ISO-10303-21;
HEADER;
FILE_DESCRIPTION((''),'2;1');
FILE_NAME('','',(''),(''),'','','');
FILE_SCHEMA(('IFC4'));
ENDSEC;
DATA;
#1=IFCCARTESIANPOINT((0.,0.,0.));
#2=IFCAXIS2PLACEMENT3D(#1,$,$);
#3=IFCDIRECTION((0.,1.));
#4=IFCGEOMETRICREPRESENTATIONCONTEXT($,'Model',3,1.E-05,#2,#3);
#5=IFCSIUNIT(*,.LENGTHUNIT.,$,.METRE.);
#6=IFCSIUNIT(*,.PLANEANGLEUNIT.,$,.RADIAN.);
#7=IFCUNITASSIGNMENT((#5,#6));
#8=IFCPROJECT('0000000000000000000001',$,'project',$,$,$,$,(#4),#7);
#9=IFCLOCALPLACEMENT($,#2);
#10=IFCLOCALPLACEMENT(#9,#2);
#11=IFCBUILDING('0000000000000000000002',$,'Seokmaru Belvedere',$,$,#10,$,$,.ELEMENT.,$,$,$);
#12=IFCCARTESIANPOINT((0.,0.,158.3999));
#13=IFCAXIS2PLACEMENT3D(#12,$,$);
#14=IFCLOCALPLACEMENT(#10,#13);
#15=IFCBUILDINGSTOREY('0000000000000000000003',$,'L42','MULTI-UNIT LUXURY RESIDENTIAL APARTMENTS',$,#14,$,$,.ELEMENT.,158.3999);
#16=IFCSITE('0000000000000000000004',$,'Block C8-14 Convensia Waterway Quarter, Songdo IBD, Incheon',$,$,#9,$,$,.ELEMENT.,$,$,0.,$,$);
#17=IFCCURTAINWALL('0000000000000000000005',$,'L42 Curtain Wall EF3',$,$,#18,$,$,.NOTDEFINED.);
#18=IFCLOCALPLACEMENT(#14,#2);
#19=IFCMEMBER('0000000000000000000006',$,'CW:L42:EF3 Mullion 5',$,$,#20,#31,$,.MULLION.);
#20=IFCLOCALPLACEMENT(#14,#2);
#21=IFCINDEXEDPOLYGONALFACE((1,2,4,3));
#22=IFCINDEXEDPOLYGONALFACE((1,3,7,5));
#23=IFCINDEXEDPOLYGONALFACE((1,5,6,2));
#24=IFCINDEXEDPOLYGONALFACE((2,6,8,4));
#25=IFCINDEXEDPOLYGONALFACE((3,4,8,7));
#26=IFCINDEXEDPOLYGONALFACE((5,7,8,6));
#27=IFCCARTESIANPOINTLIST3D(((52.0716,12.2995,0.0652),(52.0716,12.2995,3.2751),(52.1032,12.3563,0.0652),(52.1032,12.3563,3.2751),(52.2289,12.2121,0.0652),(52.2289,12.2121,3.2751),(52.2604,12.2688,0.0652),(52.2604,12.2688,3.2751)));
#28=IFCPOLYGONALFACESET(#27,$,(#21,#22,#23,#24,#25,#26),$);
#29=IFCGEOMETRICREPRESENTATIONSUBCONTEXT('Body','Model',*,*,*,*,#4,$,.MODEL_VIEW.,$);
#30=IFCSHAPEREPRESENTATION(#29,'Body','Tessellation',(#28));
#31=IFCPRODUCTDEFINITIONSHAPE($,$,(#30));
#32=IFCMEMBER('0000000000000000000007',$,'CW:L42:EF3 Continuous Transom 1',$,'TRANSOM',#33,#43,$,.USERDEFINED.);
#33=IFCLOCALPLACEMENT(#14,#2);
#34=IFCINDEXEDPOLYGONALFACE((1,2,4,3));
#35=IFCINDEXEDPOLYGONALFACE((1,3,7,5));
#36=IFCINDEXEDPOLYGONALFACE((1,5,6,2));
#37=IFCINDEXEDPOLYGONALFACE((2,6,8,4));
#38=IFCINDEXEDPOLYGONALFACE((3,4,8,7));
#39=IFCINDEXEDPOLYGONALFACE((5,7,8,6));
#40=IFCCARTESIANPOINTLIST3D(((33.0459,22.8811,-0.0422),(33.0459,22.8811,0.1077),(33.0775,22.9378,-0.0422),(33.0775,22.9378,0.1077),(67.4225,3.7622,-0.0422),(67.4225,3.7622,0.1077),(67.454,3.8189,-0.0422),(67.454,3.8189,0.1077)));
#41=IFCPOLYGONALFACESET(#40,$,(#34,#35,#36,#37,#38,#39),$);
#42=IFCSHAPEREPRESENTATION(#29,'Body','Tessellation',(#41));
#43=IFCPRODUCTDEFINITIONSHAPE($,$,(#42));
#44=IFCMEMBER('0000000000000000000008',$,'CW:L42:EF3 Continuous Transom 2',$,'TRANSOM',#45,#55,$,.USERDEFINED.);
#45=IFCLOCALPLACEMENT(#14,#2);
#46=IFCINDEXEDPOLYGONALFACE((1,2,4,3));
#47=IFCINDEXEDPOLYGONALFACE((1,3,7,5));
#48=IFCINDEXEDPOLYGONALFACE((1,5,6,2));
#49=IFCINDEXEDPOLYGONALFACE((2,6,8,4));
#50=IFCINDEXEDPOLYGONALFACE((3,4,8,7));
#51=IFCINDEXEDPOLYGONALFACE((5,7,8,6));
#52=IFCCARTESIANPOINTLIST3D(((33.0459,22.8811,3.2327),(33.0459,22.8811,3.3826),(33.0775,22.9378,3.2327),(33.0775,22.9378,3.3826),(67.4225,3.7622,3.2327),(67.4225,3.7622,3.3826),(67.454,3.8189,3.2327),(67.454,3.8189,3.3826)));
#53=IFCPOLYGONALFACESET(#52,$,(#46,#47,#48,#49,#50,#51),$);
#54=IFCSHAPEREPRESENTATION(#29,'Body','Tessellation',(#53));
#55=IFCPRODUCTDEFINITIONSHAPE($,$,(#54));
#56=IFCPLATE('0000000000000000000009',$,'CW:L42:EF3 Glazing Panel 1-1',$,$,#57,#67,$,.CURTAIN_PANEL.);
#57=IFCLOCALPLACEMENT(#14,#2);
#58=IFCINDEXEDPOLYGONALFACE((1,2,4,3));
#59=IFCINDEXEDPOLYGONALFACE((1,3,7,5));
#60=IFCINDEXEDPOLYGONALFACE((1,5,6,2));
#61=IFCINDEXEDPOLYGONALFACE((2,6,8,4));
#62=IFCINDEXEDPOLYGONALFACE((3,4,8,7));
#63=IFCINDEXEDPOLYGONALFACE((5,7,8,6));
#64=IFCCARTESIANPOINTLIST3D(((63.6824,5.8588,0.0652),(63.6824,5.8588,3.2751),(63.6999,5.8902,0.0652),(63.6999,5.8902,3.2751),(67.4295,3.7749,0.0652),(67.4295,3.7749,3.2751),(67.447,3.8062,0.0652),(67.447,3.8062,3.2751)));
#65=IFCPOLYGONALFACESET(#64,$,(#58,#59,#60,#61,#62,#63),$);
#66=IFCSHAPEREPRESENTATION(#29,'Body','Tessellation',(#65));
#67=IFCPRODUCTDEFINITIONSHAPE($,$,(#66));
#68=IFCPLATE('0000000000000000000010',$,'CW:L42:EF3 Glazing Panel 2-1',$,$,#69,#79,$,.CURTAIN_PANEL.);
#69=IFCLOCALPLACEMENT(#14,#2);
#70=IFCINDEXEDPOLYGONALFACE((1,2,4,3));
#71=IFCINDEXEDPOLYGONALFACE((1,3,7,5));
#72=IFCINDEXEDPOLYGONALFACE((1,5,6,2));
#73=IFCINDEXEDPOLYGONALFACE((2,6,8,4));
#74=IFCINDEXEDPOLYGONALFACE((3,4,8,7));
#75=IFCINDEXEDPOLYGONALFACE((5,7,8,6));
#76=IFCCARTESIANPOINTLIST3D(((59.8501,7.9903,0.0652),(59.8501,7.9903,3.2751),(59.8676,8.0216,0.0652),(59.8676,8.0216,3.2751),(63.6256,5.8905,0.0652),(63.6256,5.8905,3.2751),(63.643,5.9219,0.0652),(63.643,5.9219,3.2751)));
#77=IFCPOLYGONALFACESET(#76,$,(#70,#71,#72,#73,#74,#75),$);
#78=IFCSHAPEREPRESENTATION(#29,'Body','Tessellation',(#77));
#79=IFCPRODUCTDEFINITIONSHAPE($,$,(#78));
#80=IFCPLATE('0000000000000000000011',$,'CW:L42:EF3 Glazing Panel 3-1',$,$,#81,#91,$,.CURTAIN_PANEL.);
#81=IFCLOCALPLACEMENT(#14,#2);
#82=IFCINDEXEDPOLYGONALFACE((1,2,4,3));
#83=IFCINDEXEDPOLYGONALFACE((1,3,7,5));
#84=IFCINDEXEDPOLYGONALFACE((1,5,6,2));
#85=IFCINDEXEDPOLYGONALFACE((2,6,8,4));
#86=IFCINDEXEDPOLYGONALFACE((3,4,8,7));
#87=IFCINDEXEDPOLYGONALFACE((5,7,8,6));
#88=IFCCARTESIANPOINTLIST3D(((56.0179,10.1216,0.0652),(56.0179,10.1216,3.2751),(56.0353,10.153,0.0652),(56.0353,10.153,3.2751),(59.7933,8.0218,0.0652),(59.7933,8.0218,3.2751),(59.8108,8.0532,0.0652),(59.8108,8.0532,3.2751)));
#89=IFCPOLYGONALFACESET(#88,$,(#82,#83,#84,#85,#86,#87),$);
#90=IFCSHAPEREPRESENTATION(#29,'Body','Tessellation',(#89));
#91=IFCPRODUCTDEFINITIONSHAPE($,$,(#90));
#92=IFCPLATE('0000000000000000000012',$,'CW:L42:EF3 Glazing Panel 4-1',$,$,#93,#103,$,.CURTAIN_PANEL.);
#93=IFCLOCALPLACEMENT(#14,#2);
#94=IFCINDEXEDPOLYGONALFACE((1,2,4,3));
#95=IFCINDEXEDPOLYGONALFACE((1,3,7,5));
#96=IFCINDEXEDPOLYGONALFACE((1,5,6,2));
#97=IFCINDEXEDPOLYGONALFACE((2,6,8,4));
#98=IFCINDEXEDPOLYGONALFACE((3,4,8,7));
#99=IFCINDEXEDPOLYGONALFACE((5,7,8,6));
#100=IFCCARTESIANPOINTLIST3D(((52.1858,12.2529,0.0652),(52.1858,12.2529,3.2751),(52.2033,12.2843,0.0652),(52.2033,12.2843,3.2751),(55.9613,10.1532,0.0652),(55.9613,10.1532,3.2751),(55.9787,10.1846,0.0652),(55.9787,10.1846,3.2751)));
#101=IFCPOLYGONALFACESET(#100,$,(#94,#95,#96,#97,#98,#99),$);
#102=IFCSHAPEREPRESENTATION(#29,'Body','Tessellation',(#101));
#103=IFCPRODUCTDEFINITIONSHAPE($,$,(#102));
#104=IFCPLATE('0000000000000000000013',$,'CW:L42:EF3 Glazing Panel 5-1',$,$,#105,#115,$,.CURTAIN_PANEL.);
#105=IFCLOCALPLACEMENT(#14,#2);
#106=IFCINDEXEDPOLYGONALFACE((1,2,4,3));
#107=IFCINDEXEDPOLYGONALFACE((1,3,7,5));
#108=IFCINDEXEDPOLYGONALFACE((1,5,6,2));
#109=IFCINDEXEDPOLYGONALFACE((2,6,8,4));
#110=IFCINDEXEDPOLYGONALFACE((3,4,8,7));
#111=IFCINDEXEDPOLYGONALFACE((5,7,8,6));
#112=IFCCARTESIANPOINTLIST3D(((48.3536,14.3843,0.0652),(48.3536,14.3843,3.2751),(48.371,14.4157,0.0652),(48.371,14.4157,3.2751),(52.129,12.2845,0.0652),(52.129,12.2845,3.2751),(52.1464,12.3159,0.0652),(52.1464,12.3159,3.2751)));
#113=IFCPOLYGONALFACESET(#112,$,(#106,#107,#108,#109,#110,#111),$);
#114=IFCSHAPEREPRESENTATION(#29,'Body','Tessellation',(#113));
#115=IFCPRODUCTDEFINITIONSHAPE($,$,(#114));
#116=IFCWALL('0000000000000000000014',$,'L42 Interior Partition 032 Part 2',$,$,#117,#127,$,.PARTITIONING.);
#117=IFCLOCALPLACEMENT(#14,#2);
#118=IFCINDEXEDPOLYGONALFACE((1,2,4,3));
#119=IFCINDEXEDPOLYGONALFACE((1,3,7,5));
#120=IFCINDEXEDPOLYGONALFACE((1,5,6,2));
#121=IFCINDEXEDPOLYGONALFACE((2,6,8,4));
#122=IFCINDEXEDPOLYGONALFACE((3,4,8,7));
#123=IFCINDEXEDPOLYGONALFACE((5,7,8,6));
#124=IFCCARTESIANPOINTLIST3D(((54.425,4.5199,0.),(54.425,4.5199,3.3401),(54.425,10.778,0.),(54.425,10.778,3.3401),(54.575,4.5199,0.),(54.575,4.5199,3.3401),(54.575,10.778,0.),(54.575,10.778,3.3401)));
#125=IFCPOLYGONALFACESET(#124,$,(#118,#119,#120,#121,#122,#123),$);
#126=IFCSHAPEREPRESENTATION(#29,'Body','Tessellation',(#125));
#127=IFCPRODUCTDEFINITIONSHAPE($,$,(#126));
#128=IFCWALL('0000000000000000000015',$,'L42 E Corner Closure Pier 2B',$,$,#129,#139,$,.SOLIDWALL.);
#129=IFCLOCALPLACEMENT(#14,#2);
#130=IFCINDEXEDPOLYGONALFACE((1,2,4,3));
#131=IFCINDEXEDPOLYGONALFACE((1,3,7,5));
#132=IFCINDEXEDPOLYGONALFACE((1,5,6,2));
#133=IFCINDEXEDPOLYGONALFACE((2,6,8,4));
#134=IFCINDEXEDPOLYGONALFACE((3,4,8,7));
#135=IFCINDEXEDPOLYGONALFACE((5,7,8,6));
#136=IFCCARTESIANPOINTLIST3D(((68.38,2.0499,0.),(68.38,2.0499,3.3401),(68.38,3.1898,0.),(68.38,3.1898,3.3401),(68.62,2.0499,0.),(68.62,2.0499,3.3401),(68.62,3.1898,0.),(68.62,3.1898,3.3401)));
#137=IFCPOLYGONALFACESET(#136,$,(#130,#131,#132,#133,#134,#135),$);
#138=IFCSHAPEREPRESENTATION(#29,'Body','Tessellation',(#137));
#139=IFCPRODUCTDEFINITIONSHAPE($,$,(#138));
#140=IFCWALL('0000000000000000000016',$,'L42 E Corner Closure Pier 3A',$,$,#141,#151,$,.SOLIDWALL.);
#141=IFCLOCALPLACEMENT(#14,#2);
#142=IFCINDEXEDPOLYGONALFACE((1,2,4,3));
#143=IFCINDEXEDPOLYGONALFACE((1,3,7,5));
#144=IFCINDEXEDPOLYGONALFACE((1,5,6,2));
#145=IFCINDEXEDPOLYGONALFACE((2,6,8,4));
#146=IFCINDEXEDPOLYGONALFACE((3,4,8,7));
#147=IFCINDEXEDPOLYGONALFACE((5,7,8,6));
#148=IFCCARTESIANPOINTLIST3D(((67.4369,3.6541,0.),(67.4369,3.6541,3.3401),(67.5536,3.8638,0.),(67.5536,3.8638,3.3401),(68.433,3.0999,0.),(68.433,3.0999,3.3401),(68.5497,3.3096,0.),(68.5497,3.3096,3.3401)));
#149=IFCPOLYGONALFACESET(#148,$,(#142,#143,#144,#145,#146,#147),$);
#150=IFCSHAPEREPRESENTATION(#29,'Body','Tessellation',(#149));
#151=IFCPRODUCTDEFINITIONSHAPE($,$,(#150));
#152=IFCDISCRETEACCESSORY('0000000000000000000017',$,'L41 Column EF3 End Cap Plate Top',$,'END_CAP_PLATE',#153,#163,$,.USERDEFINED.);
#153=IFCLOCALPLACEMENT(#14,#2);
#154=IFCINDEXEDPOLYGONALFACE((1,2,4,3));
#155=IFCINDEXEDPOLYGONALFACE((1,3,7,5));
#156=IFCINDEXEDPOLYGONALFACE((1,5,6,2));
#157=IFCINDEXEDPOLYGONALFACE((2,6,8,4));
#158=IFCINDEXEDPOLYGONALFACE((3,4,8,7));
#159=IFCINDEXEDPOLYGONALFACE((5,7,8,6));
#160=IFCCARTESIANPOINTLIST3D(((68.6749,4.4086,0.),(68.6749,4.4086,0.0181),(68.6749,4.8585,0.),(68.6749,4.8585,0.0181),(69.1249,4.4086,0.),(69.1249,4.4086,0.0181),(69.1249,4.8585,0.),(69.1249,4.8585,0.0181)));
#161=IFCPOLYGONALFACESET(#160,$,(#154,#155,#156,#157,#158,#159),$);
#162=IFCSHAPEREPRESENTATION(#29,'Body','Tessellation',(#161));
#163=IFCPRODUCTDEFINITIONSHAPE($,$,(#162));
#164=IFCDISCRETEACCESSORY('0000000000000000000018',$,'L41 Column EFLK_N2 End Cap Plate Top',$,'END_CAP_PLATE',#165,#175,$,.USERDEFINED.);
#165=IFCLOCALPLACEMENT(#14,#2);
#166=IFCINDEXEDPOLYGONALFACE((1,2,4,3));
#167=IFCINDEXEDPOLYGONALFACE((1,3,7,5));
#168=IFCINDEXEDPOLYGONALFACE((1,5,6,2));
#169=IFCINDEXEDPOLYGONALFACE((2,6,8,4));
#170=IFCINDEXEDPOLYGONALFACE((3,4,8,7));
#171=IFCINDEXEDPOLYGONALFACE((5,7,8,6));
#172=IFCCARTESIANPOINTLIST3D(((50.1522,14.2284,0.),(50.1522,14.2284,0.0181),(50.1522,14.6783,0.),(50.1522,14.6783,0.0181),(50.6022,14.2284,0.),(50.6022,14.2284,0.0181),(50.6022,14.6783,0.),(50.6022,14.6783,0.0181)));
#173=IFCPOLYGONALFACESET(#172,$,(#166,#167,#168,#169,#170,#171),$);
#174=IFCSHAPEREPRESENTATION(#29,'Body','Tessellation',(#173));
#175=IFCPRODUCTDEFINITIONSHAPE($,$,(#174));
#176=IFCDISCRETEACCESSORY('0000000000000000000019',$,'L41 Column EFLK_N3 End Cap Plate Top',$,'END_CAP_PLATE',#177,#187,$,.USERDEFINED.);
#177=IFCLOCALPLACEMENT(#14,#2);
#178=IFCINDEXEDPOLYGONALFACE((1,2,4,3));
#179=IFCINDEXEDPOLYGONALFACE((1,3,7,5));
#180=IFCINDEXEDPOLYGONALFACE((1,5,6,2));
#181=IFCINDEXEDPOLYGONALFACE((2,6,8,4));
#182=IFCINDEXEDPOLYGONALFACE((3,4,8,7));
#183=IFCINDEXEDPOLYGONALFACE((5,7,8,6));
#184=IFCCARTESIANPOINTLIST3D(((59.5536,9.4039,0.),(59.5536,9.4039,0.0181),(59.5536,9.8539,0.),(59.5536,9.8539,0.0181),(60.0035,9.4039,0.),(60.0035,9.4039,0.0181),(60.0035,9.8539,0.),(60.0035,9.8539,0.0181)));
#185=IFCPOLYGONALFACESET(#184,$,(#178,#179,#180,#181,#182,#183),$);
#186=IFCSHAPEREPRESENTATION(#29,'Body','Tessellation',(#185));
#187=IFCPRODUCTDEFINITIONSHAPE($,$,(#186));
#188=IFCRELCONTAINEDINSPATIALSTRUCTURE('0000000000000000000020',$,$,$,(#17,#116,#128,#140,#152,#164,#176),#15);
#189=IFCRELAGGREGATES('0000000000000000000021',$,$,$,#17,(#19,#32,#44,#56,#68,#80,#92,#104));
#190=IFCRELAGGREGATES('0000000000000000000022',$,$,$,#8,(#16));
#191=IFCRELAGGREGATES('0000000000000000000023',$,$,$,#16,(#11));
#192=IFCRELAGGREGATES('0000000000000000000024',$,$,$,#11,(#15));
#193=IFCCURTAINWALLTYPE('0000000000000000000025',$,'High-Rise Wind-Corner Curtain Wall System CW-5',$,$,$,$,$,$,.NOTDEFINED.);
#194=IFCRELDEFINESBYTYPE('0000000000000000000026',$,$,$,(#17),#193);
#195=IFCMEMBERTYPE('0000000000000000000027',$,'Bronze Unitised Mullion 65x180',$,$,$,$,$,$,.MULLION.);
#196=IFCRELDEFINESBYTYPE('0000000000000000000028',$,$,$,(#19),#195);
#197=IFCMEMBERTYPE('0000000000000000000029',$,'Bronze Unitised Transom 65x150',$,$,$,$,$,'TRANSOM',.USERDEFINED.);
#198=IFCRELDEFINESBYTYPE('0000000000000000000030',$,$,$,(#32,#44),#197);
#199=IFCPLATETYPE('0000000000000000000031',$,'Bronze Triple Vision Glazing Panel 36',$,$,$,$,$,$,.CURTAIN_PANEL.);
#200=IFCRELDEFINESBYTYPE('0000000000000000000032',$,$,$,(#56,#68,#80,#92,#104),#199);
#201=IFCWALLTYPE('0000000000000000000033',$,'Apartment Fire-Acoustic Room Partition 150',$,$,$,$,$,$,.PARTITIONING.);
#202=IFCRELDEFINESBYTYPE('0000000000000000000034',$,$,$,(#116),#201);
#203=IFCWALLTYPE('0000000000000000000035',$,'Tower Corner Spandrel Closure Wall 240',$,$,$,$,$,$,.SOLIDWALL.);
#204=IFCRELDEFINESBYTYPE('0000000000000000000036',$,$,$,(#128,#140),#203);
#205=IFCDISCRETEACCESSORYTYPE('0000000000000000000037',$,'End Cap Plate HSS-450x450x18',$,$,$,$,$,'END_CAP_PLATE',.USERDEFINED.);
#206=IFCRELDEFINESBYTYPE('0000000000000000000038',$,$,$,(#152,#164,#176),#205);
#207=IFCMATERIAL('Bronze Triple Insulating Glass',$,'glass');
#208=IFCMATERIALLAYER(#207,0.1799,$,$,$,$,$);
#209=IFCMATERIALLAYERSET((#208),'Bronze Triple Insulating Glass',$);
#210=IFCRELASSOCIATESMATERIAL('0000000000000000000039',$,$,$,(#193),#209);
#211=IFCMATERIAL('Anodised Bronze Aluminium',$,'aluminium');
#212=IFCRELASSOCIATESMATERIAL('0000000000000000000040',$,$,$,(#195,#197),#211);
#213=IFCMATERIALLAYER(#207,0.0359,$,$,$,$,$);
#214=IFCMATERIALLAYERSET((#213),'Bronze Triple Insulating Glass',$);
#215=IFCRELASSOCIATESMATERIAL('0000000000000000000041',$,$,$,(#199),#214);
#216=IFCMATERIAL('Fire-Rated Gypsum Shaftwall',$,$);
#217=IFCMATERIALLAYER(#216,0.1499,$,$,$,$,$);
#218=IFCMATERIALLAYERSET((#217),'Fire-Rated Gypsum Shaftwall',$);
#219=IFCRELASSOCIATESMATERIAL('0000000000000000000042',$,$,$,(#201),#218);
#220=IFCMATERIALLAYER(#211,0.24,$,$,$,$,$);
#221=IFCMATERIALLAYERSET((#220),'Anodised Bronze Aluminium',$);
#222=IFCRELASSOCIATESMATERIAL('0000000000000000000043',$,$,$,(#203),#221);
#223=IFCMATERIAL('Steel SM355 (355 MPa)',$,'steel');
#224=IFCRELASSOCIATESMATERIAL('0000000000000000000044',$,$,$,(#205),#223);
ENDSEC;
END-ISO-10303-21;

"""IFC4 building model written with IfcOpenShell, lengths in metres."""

from ifc_helpers import new_model, si_unit, direction, frame, frame_2d, origin, origin_2d, place, context, subcontext, project, spatial, rectangle, extrude, source, transform, mapped, material, layer, layer_set, material_profile, profile_set, type_object, type_shapes, element, aggregate, save


model = new_model("IFC4")

# Units and contexts
model_context = context("Model", 3, precision=1e-05, world=origin(), true_north=direction((0.0, 1.0)))
body_context = subcontext(model_context, "Body", "Model", "MODEL_VIEW")
ifc_project = project(units=[si_unit("LENGTHUNIT", "METRE"), si_unit("PLANEANGLEUNIT", "RADIAN")], contexts=[model_context])

# Site, building, storey
site_placement = place(None, origin())
site = spatial("IfcSite", under=ifc_project, at=site_placement, Name="Block C8-14 Convensia Waterway Quarter, Songdo IBD, Incheon", CompositionType="ELEMENT", RefElevation=0.0)
building_placement = place(site_placement, origin())
building = spatial("IfcBuilding", under=site, at=building_placement, Name="Seokmaru Belvedere", CompositionType="ELEMENT")
storey_placement = place(building_placement, frame((0.0, 0.0, 158.3999)))
storey = spatial("IfcBuildingStorey", under=building, at=storey_placement, Name="L42", Description="MULTI-UNIT LUXURY RESIDENTIAL APARTMENTS", CompositionType="ELEMENT", Elevation=158.3999)

# Shared definitions
ifc_material_1 = material(Name="Steel SM355 (355 MPa)", Category="steel")

# Shared definitions
ifc_material_2 = material(Name="Bronze Triple Insulating Glass", Category="glass")
ifc_layer_1 = layer(ifc_material_2, 0.1799)
ifc_layer_set_1 = layer_set([ifc_layer_1], Name="Bronze Triple Insulating Glass")
curtain_wall_type = type_object("IfcCurtainWallType", Name="High-Rise Wind-Corner Curtain Wall System CW-5", PredefinedType="NOTDEFINED", material=ifc_layer_set_1)
ifc_material_3 = material(Name="Anodised Bronze Aluminium", Category="aluminium")
ifc_material_profile_1 = material_profile(ifc_material_3, rectangle(XDim=0.0649, YDim=0.1799, at=origin_2d()), Name="CW-M-65x180")
ifc_profile_set_1 = profile_set([ifc_material_profile_1], Name="Anodised Bronze Aluminium")
member_type_1 = type_object("IfcMemberType", Name="Bronze Unitised Mullion 65x180", PredefinedType="MULLION", material=ifc_profile_set_1)

# Curtain wall, members, plates
curtain_wall_1_placement = place(storey_placement, origin())
curtain_wall_1 = element("IfcCurtainWall", 1, at=curtain_wall_1_placement, inside=storey, type_object=curtain_wall_type, Name="L42 Curtain Wall EF3", PredefinedType="NOTDEFINED")
shared_shape_1 = source(origin(), body_context, "Body", "SweptSolid", [
    extrude(rectangle(XDim=0.0649, YDim=0.1799, at=origin_2d()), origin(), (0.0, 0.0, 1.0), 3.21),
])
member_1_placement = place(storey_placement, frame((52.166, 12.2842, 0.0652), z_axis=(0.0, 0.0, 1.0), x_axis=(-0.486047, -0.873933, 0.0)))
member_1 = element("IfcMember", 2, at=member_1_placement, type_object=member_type_1, Name="CW:L42:EF3 Mullion 5", PredefinedType="MULLION", context=body_context, shape_type="MappedRepresentation", body=[
    mapped(shared_shape_1, transform((0.0, 0.0, 0.0), scale=1.0)),
])
ifc_material_profile_2 = material_profile(ifc_material_3, rectangle(XDim=0.0649, YDim=0.1499, at=origin_2d()), Name="CW-T-65x150")
ifc_profile_set_2 = profile_set([ifc_material_profile_2], Name="Anodised Bronze Aluminium")
member_type_2 = type_object("IfcMemberType", Name="Bronze Unitised Transom 65x150", ElementType="TRANSOM", PredefinedType="USERDEFINED", material=ifc_profile_set_2)
shared_shape_2 = source(origin(), body_context, "Body", "SweptSolid", [
    extrude(rectangle(XDim=0.0649, YDim=0.1499, at=origin_2d()), origin(), (0.0, 0.0, 1.0), 39.3354),
])
type_shapes(member_type_2, [shared_shape_2])
member_2_placement = place(storey_placement, frame((67.4382, 3.7905, 0.0327), z_axis=(-0.873932, 0.486048, 0.0), x_axis=(-0.486048, -0.873932, 0.0)))
member_2 = element("IfcMember", 3, at=member_2_placement, type_object=member_type_2, Name="CW:L42:EF3 Continuous Transom 1", ObjectType="TRANSOM", PredefinedType="USERDEFINED", context=body_context, shape_type="MappedRepresentation", body=[
    mapped(shared_shape_2, transform((0.0, 0.0, 0.0), scale=1.0)),
])
member_3_placement = place(storey_placement, frame((67.4382, 3.7905, 3.3076), z_axis=(-0.873932, 0.486048, 0.0), x_axis=(-0.486048, -0.873932, 0.0)))
member_3 = element("IfcMember", 4, at=member_3_placement, type_object=member_type_2, Name="CW:L42:EF3 Continuous Transom 2", ObjectType="TRANSOM", PredefinedType="USERDEFINED", context=body_context, shape_type="MappedRepresentation", body=[
    mapped(shared_shape_2, transform((0.0, 0.0, 0.0), scale=1.0)),
])
ifc_layer_2 = layer(ifc_material_2, 0.0359)
ifc_layer_set_2 = layer_set([ifc_layer_2], Name="Bronze Triple Insulating Glass")
plate_type = type_object("IfcPlateType", Name="Bronze Triple Vision Glazing Panel 36", PredefinedType="CURTAIN_PANEL", material=ifc_layer_set_2)
shared_shape_3 = source(origin(), body_context, "Body", "SweptSolid", [
    extrude(rectangle(XDim=4.2876, YDim=0.0359, at=origin_2d()), origin(), (0.0, 0.0, 1.0), 3.21),
])
plate_1_placement = place(storey_placement, frame((65.5647, 4.8325, 0.0652), z_axis=(0.0, 0.0, 1.0), x_axis=(-0.873933, 0.486047, 0.0)))
plate_1 = element("IfcPlate", 5, at=plate_1_placement, type_object=plate_type, Name="CW:L42:EF3 Glazing Panel 1-1", PredefinedType="CURTAIN_PANEL", context=body_context, shape_type="MappedRepresentation", body=[
    mapped(shared_shape_3, transform((0.0, 0.0, 0.0), scale=1.0)),
])
shared_shape_4 = source(origin(), body_context, "Body", "SweptSolid", [
    extrude(rectangle(XDim=4.3201, YDim=0.0359, at=origin_2d()), origin(), (0.0, 0.0, 1.0), 3.21),
])
type_shapes(plate_type, [shared_shape_3, shared_shape_4])
plate_2_placement = place(storey_placement, frame((61.7466, 6.9561, 0.0652), z_axis=(0.0, 0.0, 1.0), x_axis=(-0.873933, 0.486047, 0.0)))
plate_2 = element("IfcPlate", 6, at=plate_2_placement, type_object=plate_type, Name="CW:L42:EF3 Glazing Panel 2-1", PredefinedType="CURTAIN_PANEL", context=body_context, shape_type="MappedRepresentation", body=[
    mapped(shared_shape_4, transform((0.0, 0.0, 0.0), scale=1.0)),
])
plate_3_placement = place(storey_placement, frame((57.9143, 9.0874, 0.0652), z_axis=(0.0, 0.0, 1.0), x_axis=(-0.873933, 0.486047, 0.0)))
plate_3 = element("IfcPlate", 7, at=plate_3_placement, type_object=plate_type, Name="CW:L42:EF3 Glazing Panel 3-1", PredefinedType="CURTAIN_PANEL", context=body_context, shape_type="MappedRepresentation", body=[
    mapped(shared_shape_4, transform((0.0, 0.0, 0.0), scale=1.0)),
])
plate_4_placement = place(storey_placement, frame((54.0823, 11.2188, 0.0652), z_axis=(0.0, 0.0, 1.0), x_axis=(-0.873933, 0.486047, 0.0)))
plate_4 = element("IfcPlate", 8, at=plate_4_placement, type_object=plate_type, Name="CW:L42:EF3 Glazing Panel 4-1", PredefinedType="CURTAIN_PANEL", context=body_context, shape_type="MappedRepresentation", body=[
    mapped(shared_shape_4, transform((0.0, 0.0, 0.0), scale=1.0)),
])
plate_5_placement = place(storey_placement, frame((50.25, 13.3501, 0.0652), z_axis=(0.0, 0.0, 1.0), x_axis=(-0.873933, 0.486047, 0.0)))
plate_5 = element("IfcPlate", 9, at=plate_5_placement, type_object=plate_type, Name="CW:L42:EF3 Glazing Panel 5-1", PredefinedType="CURTAIN_PANEL", context=body_context, shape_type="MappedRepresentation", body=[
    mapped(shared_shape_4, transform((0.0, 0.0, 0.0), scale=1.0)),
])
aggregate(curtain_wall_1, [member_1, member_2, member_3, plate_1, plate_2, plate_3, plate_4, plate_5])

# Walls
ifc_material_4 = material(Name="Fire-Rated Gypsum Shaftwall")
ifc_layer_3 = layer(ifc_material_4, 0.1499)
ifc_layer_set_3 = layer_set([ifc_layer_3], Name="Fire-Rated Gypsum Shaftwall")
wall_type_1 = type_object("IfcWallType", Name="Apartment Fire-Acoustic Room Partition 150", PredefinedType="PARTITIONING", material=ifc_layer_set_3)
wall_placement = place(storey_placement, frame((54.5, 4.52, 0.0), z_axis=(0.0, 0.0, 1.0), x_axis=(0.0, 1.0, 0.0)))
element("IfcWall", 10, at=wall_placement, inside=storey, type_object=wall_type_1, Name="L42 Interior Partition 032 Part 2", PredefinedType="PARTITIONING", context=body_context, shape_type="SweptSolid", body=[
    extrude(rectangle(XDim=6.2581, YDim=0.1499, at=frame_2d((3.1289, 0.0))), origin(), (0.0, 0.0, 1.0), 3.3401),
])
ifc_layer_4 = layer(ifc_material_3, 0.24)
ifc_layer_set_4 = layer_set([ifc_layer_4], Name="Anodised Bronze Aluminium")
wall_type_2 = type_object("IfcWallType", Name="Tower Corner Spandrel Closure Wall 240", PredefinedType="SOLIDWALL", material=ifc_layer_set_4)
for number, where, z_axis, x_axis, name in (
    (11, (68.5, 2.05, 0.0), (0.0, 0.0, 1.0), (0.0, 1.0, 0.0), "L42 E Corner Closure Pier 2B"),
    (12, (68.4912, 3.2048, 0.0), (0.0, 0.0, 1.0), (-0.873854, 0.486188, 0.0), "L42 E Corner Closure Pier 3A"),
):
    element("IfcWall", number, at=place(storey_placement, frame(where, z_axis=z_axis, x_axis=x_axis)), inside=storey, type_object=wall_type_2, Name=name, PredefinedType="SOLIDWALL", context=body_context, shape_type="SweptSolid", body=[
        extrude(rectangle(XDim=1.1399, YDim=0.24, at=frame_2d((0.5698, 0.0))), origin(), (0.0, 0.0, 1.0), 3.3401),
    ])

# Discrete accessories
discrete_accessory_type = type_object("IfcDiscreteAccessoryType", Name="End Cap Plate HSS-450x450x18", ElementType="END_CAP_PLATE", PredefinedType="USERDEFINED", material=ifc_material_1)
shared_shape_5 = source(origin(), body_context, "Body", "SweptSolid", [
    extrude(rectangle(XDim=0.45, YDim=0.45, at=origin_2d()), origin(), (0.0, 0.0, 1.0), 0.0181),
])
type_shapes(discrete_accessory_type, [shared_shape_5])
for number, where, z_axis, x_axis, name in (
    (13, (68.8999, 4.6335, 0.0), (0.0, 0.0, 1.0), (1.0, 0.0, 0.0), "L41 Column EF3 End Cap Plate Top"),
    (14, (50.3772, 14.4534, 0.0), (0.0, 0.0, 1.0), (1.0, 0.0, 0.0), "L41 Column EFLK_N2 End Cap Plate Top"),
    (15, (59.7786, 9.6289, 0.0), (0.0, 0.0, 1.0), (1.0, 0.0, 0.0), "L41 Column EFLK_N3 End Cap Plate Top"),
):
    element("IfcDiscreteAccessory", number, at=place(storey_placement, frame(where, z_axis=z_axis, x_axis=x_axis)), inside=storey, type_object=discrete_accessory_type, Name=name, ObjectType="END_CAP_PLATE", PredefinedType="USERDEFINED", context=body_context, shape_type="MappedRepresentation", body=[
        mapped(shared_shape_5, transform((0.0, 0.0, 0.0), scale=1.0)),
    ])

save(model, "model.ifc")
